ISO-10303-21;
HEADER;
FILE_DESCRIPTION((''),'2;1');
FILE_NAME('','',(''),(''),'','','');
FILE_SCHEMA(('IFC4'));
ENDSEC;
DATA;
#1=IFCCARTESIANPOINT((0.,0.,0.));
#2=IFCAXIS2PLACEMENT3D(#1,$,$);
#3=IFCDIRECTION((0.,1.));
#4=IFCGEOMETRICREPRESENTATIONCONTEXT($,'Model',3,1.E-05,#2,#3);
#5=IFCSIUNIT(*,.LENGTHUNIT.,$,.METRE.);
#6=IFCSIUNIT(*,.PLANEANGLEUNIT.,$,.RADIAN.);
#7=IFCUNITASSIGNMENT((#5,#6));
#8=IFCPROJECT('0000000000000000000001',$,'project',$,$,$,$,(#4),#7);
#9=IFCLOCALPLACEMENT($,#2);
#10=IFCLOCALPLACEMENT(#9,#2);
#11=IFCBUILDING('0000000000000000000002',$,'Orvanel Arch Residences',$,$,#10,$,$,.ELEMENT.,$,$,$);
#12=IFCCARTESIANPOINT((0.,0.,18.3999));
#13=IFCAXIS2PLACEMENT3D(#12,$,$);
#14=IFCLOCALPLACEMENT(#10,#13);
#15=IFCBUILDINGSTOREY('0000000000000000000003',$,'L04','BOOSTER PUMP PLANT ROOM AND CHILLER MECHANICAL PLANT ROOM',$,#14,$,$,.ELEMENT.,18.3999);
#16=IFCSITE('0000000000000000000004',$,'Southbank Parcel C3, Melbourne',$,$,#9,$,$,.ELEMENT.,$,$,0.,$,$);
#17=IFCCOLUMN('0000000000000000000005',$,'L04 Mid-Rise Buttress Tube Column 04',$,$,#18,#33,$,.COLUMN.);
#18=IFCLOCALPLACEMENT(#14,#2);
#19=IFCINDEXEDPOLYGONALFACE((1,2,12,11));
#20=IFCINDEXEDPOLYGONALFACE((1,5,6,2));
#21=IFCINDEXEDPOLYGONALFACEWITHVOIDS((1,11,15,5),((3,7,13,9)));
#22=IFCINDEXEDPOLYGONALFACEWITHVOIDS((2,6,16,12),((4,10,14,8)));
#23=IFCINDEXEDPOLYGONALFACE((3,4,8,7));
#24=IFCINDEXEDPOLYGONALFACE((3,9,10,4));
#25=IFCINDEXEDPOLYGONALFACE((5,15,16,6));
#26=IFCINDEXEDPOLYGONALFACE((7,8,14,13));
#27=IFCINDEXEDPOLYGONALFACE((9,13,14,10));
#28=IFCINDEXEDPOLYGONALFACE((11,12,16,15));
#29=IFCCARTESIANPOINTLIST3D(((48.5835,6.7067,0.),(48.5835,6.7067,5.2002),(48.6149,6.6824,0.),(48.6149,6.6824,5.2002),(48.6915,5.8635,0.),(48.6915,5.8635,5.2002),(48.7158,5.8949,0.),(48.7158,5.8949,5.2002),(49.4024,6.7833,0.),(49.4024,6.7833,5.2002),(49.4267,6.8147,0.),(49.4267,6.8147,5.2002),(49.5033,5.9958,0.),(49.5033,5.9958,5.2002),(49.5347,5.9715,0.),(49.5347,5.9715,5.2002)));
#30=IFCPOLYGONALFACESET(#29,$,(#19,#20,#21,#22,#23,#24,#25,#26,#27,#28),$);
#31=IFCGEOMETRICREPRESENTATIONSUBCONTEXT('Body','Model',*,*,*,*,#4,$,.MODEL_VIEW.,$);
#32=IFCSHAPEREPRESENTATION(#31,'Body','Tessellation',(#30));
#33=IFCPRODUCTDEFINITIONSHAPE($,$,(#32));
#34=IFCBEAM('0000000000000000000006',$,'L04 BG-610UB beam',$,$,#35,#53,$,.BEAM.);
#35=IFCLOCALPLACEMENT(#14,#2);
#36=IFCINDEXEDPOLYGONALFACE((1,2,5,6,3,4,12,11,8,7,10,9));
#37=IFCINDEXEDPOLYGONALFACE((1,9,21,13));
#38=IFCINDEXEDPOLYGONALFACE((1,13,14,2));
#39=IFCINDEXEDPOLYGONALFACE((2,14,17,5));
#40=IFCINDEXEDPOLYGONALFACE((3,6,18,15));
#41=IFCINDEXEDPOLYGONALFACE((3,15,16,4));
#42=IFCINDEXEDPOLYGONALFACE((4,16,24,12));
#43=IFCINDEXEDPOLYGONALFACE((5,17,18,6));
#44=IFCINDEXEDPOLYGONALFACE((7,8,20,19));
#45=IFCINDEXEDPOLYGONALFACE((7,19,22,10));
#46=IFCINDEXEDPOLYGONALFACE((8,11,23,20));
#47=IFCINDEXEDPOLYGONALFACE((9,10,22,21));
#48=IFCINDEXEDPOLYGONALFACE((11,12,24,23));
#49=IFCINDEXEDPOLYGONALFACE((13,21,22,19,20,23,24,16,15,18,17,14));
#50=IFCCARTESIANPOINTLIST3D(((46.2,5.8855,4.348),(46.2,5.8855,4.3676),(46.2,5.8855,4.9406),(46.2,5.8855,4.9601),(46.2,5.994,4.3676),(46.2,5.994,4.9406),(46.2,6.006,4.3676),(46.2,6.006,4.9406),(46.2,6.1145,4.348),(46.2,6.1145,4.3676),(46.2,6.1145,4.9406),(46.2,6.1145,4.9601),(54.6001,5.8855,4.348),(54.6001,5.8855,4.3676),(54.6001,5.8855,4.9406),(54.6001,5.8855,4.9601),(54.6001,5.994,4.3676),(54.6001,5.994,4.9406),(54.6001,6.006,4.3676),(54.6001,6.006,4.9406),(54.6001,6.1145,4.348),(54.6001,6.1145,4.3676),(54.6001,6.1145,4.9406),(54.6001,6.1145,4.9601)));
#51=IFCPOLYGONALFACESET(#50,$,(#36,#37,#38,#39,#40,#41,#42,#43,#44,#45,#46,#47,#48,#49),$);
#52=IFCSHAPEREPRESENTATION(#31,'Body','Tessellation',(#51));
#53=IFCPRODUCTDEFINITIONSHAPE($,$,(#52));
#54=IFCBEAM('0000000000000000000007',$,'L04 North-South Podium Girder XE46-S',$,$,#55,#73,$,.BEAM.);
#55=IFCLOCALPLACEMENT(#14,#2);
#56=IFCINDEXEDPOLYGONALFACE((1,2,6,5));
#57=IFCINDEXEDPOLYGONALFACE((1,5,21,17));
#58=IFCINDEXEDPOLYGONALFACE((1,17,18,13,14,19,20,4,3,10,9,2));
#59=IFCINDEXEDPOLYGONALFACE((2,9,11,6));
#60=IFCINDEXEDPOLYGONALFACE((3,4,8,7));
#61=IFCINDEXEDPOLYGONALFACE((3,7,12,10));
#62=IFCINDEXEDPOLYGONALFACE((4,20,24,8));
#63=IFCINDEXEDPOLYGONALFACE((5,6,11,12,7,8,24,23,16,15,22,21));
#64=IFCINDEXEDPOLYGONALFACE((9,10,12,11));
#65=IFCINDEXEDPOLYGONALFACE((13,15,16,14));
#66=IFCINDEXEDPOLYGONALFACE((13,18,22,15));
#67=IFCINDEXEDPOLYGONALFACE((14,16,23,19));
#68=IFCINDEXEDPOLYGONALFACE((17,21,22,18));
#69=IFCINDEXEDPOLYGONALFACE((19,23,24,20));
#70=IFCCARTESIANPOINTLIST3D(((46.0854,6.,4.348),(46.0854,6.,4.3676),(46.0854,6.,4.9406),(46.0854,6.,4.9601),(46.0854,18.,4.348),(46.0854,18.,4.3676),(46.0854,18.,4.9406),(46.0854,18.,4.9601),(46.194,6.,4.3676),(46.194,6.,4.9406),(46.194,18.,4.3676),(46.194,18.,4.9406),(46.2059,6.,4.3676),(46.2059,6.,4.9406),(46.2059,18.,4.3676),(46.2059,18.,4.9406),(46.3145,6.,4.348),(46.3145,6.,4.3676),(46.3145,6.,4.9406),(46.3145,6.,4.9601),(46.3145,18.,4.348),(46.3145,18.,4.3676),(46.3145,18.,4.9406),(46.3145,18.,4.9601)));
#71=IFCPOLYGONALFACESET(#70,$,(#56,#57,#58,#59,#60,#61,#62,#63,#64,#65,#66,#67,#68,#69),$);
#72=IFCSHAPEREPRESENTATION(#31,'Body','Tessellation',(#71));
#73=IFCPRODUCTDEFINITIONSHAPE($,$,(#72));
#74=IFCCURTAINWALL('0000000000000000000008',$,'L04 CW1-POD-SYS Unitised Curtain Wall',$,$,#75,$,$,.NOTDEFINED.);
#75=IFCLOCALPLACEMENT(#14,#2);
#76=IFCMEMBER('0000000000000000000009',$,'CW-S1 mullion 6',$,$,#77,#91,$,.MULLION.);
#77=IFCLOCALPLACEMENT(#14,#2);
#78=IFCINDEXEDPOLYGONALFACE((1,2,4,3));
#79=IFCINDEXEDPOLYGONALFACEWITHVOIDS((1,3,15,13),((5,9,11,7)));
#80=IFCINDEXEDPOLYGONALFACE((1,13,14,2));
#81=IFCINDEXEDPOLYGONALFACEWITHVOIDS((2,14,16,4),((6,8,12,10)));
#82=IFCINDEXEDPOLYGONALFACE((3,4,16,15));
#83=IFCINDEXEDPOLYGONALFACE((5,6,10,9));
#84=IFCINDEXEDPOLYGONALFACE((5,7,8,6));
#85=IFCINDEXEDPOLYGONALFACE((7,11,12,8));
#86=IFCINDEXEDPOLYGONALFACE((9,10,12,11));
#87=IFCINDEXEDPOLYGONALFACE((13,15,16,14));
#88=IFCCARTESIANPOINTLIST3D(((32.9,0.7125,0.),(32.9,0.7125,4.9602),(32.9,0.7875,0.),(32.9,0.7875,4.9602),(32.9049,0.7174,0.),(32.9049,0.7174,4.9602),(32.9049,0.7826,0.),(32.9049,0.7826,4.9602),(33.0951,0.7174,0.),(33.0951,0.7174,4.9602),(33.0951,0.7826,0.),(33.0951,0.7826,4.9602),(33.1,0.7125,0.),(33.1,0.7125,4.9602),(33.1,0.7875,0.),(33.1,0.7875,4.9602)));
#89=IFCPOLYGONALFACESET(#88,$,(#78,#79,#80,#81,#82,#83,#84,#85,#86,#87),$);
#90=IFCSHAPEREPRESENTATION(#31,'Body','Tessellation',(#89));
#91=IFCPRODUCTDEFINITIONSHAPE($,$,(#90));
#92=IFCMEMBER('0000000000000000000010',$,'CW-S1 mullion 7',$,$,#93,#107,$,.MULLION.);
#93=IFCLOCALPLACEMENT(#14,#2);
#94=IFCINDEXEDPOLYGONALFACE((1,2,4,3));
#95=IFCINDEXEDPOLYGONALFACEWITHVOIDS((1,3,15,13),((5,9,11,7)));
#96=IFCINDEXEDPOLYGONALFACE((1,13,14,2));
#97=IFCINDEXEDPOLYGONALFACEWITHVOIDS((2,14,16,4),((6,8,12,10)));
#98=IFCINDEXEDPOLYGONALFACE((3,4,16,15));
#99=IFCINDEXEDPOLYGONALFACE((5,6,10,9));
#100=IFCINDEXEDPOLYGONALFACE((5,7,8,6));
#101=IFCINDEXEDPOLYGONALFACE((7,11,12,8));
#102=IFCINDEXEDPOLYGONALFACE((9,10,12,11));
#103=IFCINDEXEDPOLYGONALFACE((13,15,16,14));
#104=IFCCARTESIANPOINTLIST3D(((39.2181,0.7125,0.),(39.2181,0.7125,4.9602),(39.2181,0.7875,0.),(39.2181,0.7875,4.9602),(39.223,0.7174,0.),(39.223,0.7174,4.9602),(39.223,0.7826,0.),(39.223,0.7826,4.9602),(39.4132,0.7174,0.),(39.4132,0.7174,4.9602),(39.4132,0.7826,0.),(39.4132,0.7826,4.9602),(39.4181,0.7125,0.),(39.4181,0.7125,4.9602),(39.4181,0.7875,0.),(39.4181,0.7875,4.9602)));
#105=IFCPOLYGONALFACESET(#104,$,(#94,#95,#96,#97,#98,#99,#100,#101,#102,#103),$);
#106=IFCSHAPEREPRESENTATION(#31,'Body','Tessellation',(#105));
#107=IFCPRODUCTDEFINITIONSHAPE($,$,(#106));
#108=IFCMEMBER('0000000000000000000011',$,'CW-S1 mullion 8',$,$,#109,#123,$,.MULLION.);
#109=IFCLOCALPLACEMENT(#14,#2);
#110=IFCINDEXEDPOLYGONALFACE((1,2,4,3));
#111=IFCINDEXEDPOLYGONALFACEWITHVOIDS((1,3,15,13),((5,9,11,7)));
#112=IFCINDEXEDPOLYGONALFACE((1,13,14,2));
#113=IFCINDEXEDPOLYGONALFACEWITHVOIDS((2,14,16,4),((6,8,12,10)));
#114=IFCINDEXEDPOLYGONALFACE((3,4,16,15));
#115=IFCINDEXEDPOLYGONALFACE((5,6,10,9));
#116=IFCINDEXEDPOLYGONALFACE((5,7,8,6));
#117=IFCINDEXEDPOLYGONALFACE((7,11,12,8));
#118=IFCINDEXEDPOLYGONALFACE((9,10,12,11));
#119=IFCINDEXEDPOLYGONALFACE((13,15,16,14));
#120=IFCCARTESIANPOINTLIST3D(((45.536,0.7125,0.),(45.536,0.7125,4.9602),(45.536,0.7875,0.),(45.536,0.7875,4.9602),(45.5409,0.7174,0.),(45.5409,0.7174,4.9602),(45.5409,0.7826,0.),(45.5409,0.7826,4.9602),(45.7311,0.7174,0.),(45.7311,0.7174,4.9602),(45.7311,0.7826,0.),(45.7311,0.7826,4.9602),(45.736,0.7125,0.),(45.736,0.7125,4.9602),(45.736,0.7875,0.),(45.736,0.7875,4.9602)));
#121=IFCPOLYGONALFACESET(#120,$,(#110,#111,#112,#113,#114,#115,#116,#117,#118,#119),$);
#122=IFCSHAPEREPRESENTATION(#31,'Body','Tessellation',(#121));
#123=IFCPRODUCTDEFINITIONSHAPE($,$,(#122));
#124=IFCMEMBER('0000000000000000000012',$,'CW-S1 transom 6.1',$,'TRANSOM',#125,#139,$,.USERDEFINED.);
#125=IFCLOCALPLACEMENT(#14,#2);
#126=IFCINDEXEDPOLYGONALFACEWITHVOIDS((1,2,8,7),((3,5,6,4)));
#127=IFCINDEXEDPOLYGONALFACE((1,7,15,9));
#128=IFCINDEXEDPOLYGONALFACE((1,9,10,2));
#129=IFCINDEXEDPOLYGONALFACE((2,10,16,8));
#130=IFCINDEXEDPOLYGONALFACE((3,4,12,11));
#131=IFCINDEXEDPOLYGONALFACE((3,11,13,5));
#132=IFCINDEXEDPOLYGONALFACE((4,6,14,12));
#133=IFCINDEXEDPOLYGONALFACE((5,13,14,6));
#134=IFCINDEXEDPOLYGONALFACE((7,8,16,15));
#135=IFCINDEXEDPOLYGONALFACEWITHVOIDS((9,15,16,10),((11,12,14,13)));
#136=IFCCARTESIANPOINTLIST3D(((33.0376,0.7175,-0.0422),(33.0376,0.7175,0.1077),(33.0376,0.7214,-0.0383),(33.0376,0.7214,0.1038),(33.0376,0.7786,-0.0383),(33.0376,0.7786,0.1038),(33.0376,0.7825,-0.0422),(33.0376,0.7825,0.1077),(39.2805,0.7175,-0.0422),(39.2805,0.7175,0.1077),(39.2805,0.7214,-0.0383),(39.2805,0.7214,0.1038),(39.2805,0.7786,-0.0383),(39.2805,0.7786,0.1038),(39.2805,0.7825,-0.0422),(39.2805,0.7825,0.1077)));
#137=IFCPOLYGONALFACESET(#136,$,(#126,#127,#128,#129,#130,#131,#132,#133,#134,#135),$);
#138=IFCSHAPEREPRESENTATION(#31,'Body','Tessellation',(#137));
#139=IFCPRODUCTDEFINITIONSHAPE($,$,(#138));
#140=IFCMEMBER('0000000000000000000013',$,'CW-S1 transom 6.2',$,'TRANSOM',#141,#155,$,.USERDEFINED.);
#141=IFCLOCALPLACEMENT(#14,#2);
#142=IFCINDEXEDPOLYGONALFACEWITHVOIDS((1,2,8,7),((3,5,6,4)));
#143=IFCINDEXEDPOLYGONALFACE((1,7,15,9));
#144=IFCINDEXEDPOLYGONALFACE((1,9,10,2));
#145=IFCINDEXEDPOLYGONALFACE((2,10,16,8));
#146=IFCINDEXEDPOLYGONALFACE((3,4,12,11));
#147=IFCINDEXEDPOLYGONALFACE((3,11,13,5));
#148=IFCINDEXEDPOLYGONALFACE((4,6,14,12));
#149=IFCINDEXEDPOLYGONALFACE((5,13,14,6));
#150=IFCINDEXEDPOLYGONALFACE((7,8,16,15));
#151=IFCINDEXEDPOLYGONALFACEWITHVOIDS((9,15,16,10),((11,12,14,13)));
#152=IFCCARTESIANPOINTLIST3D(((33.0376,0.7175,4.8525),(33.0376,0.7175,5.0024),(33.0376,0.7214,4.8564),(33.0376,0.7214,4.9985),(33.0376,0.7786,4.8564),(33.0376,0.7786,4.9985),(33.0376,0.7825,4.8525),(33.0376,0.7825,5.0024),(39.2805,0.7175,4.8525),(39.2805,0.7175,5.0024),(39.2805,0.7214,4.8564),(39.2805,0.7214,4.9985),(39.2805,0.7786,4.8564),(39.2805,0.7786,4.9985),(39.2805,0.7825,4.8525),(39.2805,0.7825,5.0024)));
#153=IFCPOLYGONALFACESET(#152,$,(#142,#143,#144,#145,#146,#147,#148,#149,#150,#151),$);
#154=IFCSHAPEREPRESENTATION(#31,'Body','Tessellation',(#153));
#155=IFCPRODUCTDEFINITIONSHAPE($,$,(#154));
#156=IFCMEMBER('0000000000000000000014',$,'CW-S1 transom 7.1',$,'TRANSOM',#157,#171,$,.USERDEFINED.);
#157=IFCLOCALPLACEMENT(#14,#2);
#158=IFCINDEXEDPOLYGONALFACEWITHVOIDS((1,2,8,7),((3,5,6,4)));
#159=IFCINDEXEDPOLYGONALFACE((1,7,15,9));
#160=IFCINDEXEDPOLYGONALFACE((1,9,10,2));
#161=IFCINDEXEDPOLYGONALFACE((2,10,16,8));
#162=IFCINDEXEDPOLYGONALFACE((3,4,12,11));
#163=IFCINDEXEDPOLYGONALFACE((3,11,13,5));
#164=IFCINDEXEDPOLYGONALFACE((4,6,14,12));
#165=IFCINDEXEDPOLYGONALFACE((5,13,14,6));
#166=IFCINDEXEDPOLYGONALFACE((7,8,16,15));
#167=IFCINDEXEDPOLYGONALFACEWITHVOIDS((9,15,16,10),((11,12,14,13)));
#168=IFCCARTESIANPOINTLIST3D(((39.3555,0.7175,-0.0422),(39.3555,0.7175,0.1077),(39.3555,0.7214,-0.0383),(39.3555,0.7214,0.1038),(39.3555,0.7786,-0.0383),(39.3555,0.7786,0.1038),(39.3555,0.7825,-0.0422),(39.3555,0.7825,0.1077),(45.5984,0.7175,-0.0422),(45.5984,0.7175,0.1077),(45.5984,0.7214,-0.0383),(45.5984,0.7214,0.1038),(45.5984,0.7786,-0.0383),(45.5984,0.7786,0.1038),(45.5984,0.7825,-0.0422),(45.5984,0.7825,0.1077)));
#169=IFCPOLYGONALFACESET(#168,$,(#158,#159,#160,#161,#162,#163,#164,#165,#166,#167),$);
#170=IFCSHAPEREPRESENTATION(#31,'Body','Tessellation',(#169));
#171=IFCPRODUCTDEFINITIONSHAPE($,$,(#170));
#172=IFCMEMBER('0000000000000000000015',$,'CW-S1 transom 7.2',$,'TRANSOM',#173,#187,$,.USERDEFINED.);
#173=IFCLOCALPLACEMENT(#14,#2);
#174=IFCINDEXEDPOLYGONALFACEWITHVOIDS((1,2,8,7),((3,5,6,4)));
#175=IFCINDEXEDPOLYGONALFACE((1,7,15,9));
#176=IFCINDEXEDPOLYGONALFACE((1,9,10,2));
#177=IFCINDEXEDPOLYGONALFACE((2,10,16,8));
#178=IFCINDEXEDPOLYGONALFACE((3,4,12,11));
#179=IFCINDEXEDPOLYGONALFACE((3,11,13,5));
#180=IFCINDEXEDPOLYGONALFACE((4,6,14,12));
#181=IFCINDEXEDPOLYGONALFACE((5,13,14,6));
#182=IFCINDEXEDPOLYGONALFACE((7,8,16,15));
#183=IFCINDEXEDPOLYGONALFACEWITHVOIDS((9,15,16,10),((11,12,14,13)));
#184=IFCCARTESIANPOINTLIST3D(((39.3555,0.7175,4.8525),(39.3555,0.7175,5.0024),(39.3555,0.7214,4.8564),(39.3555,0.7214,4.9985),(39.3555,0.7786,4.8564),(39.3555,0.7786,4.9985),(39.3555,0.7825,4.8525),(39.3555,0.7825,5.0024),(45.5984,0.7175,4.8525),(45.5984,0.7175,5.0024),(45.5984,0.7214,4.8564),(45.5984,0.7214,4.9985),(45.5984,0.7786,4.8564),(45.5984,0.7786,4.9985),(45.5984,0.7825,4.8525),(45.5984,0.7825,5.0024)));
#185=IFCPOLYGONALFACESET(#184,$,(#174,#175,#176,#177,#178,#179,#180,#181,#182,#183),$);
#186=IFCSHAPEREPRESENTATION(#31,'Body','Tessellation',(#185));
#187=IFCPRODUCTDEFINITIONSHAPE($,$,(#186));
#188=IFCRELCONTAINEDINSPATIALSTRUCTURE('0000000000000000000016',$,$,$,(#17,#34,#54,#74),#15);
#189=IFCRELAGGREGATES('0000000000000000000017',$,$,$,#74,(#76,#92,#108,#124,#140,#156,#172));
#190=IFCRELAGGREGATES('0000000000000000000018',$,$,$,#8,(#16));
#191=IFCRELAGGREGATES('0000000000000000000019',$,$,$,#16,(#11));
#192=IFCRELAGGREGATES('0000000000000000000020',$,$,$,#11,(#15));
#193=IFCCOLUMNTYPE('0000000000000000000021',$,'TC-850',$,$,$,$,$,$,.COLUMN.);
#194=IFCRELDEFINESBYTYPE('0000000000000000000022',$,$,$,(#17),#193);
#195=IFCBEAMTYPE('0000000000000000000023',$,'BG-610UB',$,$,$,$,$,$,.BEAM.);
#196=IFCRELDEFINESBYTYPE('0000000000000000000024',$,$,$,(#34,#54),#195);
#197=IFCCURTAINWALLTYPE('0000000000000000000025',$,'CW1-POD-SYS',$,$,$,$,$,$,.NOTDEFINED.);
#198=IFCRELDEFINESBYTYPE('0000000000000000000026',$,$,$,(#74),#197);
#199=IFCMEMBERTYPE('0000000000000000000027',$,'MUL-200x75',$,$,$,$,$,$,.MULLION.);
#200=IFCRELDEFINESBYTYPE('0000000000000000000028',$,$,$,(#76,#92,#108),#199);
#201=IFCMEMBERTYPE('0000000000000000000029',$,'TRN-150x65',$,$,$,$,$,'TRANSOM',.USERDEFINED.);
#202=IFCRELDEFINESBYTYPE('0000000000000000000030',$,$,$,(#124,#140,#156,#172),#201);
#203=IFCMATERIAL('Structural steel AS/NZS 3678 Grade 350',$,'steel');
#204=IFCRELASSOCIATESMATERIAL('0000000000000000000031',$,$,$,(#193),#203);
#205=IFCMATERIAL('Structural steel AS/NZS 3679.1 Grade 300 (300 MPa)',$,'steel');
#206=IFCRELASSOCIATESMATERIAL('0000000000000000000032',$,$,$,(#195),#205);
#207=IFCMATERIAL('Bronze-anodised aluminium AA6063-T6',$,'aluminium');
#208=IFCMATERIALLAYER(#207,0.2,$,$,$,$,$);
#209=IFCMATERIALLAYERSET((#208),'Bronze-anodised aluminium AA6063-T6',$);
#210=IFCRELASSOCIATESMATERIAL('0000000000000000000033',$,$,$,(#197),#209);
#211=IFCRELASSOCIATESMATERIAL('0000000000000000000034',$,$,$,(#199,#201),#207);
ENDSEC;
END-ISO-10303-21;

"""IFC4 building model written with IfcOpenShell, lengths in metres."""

from ifc_helpers import new_model, si_unit, direction, frame, origin, origin_2d, place, context, subcontext, project, spatial, hollow_rectangle, i_section, extrude, material, layer, layer_set, material_profile, profile_set, type_object, element, aggregate, save


model = new_model("IFC4")

# Units and contexts
model_context = context("Model", 3, precision=1e-05, world=origin(), true_north=direction((0.0, 1.0)))
body_context = subcontext(model_context, "Body", "Model", "MODEL_VIEW")
ifc_project = project(units=[si_unit("LENGTHUNIT", "METRE"), si_unit("PLANEANGLEUNIT", "RADIAN")], contexts=[model_context])

# Site, building, storey
site_placement = place(None, origin())
site = spatial("IfcSite", under=ifc_project, at=site_placement, Name="Southbank Parcel C3, Melbourne", CompositionType="ELEMENT", RefElevation=0.0)
building_placement = place(site_placement, origin())
building = spatial("IfcBuilding", under=site, at=building_placement, Name="Orvanel Arch Residences", CompositionType="ELEMENT")
storey_placement = place(building_placement, frame((0.0, 0.0, 18.3999)))
storey = spatial("IfcBuildingStorey", under=building, at=storey_placement, Name="L04", Description="BOOSTER PUMP PLANT ROOM AND CHILLER MECHANICAL PLANT ROOM", CompositionType="ELEMENT", Elevation=18.3999)

# Column
ifc_material_1 = material(Name="Structural steel AS/NZS 3679.1 Grade 300 (300 MPa)", Category="steel")
ifc_material_2 = material(Name="Structural steel AS/NZS 3678 Grade 350", Category="steel")
ifc_material_profile_1 = material_profile(ifc_material_2, hollow_rectangle(XDim=0.8501, YDim=0.8501, WallThickness=0.0281, at=origin_2d()), Name="BOX850x850x28")
ifc_profile_set_1 = profile_set([ifc_material_profile_1], Name="Structural steel AS/NZS 3678 Grade 350")
column_type_1 = type_object("IfcColumnType", Name="TC-850", PredefinedType="COLUMN", material=ifc_profile_set_1)
column_1_placement = place(storey_placement, frame((49.0591, 6.3391, 0.0), z_axis=(0.0, 0.0, 1.0), x_axis=(0.991894, 0.127065, 0.0)))
element("IfcColumn", 1, at=column_1_placement, inside=storey, type_object=column_type_1, Name="L04 Mid-Rise Buttress Tube Column 04", PredefinedType="COLUMN", context=body_context, shape_type="SweptSolid", body=[
    extrude(hollow_rectangle(XDim=0.8501, YDim=0.8501, WallThickness=0.0281, at=origin_2d()), origin(), (0.0, 0.0, 1.0), 5.2002),
])

# Beams
ifc_material_profile_2 = material_profile(ifc_material_1, i_section(OverallWidth=0.229, OverallDepth=0.6121, WebThickness=0.012, FlangeThickness=0.0195, at=origin_2d()), Name="610UB125")
ifc_profile_set_2 = profile_set([ifc_material_profile_2], Name="Structural steel AS/NZS 3679.1 Grade 300 (300 MPa)")
beam_type = type_object("IfcBeamType", Name="BG-610UB", PredefinedType="BEAM", material=ifc_profile_set_2)
beam_1_placement = place(storey_placement, frame((46.2, 6.0, 4.6541), z_axis=(1.0, 0.0, 0.0), x_axis=(0.0, 1.0, 0.0)))
element("IfcBeam", 2, at=beam_1_placement, inside=storey, type_object=beam_type, Name="L04 BG-610UB beam", PredefinedType="BEAM", context=body_context, shape_type="SweptSolid", body=[
    extrude(i_section(OverallWidth=0.229, OverallDepth=0.6121, WebThickness=0.012, FlangeThickness=0.0195, at=origin_2d()), origin(), (0.0, 0.0, 1.0), 8.4001),
])
beam_2_placement = place(storey_placement, frame((46.2, 6.0, 4.6541), z_axis=(0.0, 1.0, 0.0), x_axis=(-1.0, 0.0, 0.0)))
element("IfcBeam", 3, at=beam_2_placement, inside=storey, type_object=beam_type, Name="L04 North-South Podium Girder XE46-S", PredefinedType="BEAM", context=body_context, shape_type="SweptSolid", body=[
    extrude(i_section(OverallWidth=0.229, OverallDepth=0.6121, WebThickness=0.012, FlangeThickness=0.0195, at=origin_2d()), origin(), (0.0, 0.0, 1.0), 12.0),
])

# Curtain wall, members
ifc_material_3 = material(Name="Bronze-anodised aluminium AA6063-T6", Category="aluminium")
ifc_layer_1 = layer(ifc_material_3, 0.2)
ifc_layer_set_1 = layer_set([ifc_layer_1], Name="Bronze-anodised aluminium AA6063-T6")
curtain_wall_type = type_object("IfcCurtainWallType", Name="CW1-POD-SYS", PredefinedType="NOTDEFINED", material=ifc_layer_set_1)
curtain_wall_placement = place(storey_placement, origin())
curtain_wall = element("IfcCurtainWall", 4, at=curtain_wall_placement, inside=storey, type_object=curtain_wall_type, Name="L04 CW1-POD-SYS Unitised Curtain Wall", PredefinedType="NOTDEFINED")
ifc_material_profile_3 = material_profile(ifc_material_3, hollow_rectangle(XDim=0.075, YDim=0.2, WallThickness=0.0049, at=origin_2d()), Name="ALU200x75x5")
ifc_profile_set_3 = profile_set([ifc_material_profile_3], Name="Bronze-anodised aluminium AA6063-T6")
member_type_1 = type_object("IfcMemberType", Name="MUL-200x75", PredefinedType="MULLION", material=ifc_profile_set_3)
member_1_placement = place(storey_placement, frame((33.0, 0.75, 0.0), z_axis=(0.0, 0.0, 1.0), x_axis=(0.0, 1.0, 0.0)))
member_1 = element("IfcMember", 5, at=member_1_placement, type_object=member_type_1, Name="CW-S1 mullion 6", PredefinedType="MULLION", context=body_context, shape_type="SweptSolid", body=[
    extrude(hollow_rectangle(XDim=0.075, YDim=0.2, WallThickness=0.0049, at=origin_2d()), origin(), (0.0, 0.0, 1.0), 4.9602),
])
member_2_placement = place(storey_placement, frame((39.3181, 0.75, 0.0), z_axis=(0.0, 0.0, 1.0), x_axis=(0.0, 1.0, 0.0)))
member_2 = element("IfcMember", 6, at=member_2_placement, type_object=member_type_1, Name="CW-S1 mullion 7", PredefinedType="MULLION", context=body_context, shape_type="SweptSolid", body=[
    extrude(hollow_rectangle(XDim=0.075, YDim=0.2, WallThickness=0.0049, at=origin_2d()), origin(), (0.0, 0.0, 1.0), 4.9602),
])
member_3_placement = place(storey_placement, frame((45.636, 0.75, 0.0), z_axis=(0.0, 0.0, 1.0), x_axis=(0.0, 1.0, 0.0)))
member_3 = element("IfcMember", 7, at=member_3_placement, type_object=member_type_1, Name="CW-S1 mullion 8", PredefinedType="MULLION", context=body_context, shape_type="SweptSolid", body=[
    extrude(hollow_rectangle(XDim=0.075, YDim=0.2, WallThickness=0.0049, at=origin_2d()), origin(), (0.0, 0.0, 1.0), 4.9602),
])
ifc_material_profile_4 = material_profile(ifc_material_3, hollow_rectangle(XDim=0.0649, YDim=0.1499, WallThickness=0.0039, at=origin_2d()), Name="ALU150x65x4")
ifc_profile_set_4 = profile_set([ifc_material_profile_4], Name="Bronze-anodised aluminium AA6063-T6")
member_type_2 = type_object("IfcMemberType", Name="TRN-150x65", ElementType="TRANSOM", PredefinedType="USERDEFINED", material=ifc_profile_set_4)
member_4_placement = place(storey_placement, frame((33.0376, 0.75, 0.0327), z_axis=(1.0, 0.0, 0.0), x_axis=(0.0, 1.0, 0.0)))
member_4 = element("IfcMember", 8, at=member_4_placement, type_object=member_type_2, Name="CW-S1 transom 6.1", ObjectType="TRANSOM", PredefinedType="USERDEFINED", context=body_context, shape_type="SweptSolid", body=[
    extrude(hollow_rectangle(XDim=0.0649, YDim=0.1499, WallThickness=0.0039, at=origin_2d()), origin(), (0.0, 0.0, 1.0), 6.2429),
])
member_5_placement = place(storey_placement, frame((33.0376, 0.75, 4.9275), z_axis=(1.0, 0.0, 0.0), x_axis=(0.0, 1.0, 0.0)))
member_5 = element("IfcMember", 9, at=member_5_placement, type_object=member_type_2, Name="CW-S1 transom 6.2", ObjectType="TRANSOM", PredefinedType="USERDEFINED", context=body_context, shape_type="SweptSolid", body=[
    extrude(hollow_rectangle(XDim=0.0649, YDim=0.1499, WallThickness=0.0039, at=origin_2d()), origin(), (0.0, 0.0, 1.0), 6.2429),
])
member_6_placement = place(storey_placement, frame((39.3555, 0.75, 0.0327), z_axis=(1.0, 0.0, 0.0), x_axis=(0.0, 1.0, 0.0)))
member_6 = element("IfcMember", 10, at=member_6_placement, type_object=member_type_2, Name="CW-S1 transom 7.1", ObjectType="TRANSOM", PredefinedType="USERDEFINED", context=body_context, shape_type="SweptSolid", body=[
    extrude(hollow_rectangle(XDim=0.0649, YDim=0.1499, WallThickness=0.0039, at=origin_2d()), origin(), (0.0, 0.0, 1.0), 6.2429),
])
member_7_placement = place(storey_placement, frame((39.3555, 0.75, 4.9275), z_axis=(1.0, 0.0, 0.0), x_axis=(0.0, 1.0, 0.0)))
member_7 = element("IfcMember", 11, at=member_7_placement, type_object=member_type_2, Name="CW-S1 transom 7.2", ObjectType="TRANSOM", PredefinedType="USERDEFINED", context=body_context, shape_type="SweptSolid", body=[
    extrude(hollow_rectangle(XDim=0.0649, YDim=0.1499, WallThickness=0.0039, at=origin_2d()), origin(), (0.0, 0.0, 1.0), 6.2429),
])

aggregate(curtain_wall, [member_1, member_2, member_3, member_4, member_5, member_6, member_7])

save(model, "model.ifc")
